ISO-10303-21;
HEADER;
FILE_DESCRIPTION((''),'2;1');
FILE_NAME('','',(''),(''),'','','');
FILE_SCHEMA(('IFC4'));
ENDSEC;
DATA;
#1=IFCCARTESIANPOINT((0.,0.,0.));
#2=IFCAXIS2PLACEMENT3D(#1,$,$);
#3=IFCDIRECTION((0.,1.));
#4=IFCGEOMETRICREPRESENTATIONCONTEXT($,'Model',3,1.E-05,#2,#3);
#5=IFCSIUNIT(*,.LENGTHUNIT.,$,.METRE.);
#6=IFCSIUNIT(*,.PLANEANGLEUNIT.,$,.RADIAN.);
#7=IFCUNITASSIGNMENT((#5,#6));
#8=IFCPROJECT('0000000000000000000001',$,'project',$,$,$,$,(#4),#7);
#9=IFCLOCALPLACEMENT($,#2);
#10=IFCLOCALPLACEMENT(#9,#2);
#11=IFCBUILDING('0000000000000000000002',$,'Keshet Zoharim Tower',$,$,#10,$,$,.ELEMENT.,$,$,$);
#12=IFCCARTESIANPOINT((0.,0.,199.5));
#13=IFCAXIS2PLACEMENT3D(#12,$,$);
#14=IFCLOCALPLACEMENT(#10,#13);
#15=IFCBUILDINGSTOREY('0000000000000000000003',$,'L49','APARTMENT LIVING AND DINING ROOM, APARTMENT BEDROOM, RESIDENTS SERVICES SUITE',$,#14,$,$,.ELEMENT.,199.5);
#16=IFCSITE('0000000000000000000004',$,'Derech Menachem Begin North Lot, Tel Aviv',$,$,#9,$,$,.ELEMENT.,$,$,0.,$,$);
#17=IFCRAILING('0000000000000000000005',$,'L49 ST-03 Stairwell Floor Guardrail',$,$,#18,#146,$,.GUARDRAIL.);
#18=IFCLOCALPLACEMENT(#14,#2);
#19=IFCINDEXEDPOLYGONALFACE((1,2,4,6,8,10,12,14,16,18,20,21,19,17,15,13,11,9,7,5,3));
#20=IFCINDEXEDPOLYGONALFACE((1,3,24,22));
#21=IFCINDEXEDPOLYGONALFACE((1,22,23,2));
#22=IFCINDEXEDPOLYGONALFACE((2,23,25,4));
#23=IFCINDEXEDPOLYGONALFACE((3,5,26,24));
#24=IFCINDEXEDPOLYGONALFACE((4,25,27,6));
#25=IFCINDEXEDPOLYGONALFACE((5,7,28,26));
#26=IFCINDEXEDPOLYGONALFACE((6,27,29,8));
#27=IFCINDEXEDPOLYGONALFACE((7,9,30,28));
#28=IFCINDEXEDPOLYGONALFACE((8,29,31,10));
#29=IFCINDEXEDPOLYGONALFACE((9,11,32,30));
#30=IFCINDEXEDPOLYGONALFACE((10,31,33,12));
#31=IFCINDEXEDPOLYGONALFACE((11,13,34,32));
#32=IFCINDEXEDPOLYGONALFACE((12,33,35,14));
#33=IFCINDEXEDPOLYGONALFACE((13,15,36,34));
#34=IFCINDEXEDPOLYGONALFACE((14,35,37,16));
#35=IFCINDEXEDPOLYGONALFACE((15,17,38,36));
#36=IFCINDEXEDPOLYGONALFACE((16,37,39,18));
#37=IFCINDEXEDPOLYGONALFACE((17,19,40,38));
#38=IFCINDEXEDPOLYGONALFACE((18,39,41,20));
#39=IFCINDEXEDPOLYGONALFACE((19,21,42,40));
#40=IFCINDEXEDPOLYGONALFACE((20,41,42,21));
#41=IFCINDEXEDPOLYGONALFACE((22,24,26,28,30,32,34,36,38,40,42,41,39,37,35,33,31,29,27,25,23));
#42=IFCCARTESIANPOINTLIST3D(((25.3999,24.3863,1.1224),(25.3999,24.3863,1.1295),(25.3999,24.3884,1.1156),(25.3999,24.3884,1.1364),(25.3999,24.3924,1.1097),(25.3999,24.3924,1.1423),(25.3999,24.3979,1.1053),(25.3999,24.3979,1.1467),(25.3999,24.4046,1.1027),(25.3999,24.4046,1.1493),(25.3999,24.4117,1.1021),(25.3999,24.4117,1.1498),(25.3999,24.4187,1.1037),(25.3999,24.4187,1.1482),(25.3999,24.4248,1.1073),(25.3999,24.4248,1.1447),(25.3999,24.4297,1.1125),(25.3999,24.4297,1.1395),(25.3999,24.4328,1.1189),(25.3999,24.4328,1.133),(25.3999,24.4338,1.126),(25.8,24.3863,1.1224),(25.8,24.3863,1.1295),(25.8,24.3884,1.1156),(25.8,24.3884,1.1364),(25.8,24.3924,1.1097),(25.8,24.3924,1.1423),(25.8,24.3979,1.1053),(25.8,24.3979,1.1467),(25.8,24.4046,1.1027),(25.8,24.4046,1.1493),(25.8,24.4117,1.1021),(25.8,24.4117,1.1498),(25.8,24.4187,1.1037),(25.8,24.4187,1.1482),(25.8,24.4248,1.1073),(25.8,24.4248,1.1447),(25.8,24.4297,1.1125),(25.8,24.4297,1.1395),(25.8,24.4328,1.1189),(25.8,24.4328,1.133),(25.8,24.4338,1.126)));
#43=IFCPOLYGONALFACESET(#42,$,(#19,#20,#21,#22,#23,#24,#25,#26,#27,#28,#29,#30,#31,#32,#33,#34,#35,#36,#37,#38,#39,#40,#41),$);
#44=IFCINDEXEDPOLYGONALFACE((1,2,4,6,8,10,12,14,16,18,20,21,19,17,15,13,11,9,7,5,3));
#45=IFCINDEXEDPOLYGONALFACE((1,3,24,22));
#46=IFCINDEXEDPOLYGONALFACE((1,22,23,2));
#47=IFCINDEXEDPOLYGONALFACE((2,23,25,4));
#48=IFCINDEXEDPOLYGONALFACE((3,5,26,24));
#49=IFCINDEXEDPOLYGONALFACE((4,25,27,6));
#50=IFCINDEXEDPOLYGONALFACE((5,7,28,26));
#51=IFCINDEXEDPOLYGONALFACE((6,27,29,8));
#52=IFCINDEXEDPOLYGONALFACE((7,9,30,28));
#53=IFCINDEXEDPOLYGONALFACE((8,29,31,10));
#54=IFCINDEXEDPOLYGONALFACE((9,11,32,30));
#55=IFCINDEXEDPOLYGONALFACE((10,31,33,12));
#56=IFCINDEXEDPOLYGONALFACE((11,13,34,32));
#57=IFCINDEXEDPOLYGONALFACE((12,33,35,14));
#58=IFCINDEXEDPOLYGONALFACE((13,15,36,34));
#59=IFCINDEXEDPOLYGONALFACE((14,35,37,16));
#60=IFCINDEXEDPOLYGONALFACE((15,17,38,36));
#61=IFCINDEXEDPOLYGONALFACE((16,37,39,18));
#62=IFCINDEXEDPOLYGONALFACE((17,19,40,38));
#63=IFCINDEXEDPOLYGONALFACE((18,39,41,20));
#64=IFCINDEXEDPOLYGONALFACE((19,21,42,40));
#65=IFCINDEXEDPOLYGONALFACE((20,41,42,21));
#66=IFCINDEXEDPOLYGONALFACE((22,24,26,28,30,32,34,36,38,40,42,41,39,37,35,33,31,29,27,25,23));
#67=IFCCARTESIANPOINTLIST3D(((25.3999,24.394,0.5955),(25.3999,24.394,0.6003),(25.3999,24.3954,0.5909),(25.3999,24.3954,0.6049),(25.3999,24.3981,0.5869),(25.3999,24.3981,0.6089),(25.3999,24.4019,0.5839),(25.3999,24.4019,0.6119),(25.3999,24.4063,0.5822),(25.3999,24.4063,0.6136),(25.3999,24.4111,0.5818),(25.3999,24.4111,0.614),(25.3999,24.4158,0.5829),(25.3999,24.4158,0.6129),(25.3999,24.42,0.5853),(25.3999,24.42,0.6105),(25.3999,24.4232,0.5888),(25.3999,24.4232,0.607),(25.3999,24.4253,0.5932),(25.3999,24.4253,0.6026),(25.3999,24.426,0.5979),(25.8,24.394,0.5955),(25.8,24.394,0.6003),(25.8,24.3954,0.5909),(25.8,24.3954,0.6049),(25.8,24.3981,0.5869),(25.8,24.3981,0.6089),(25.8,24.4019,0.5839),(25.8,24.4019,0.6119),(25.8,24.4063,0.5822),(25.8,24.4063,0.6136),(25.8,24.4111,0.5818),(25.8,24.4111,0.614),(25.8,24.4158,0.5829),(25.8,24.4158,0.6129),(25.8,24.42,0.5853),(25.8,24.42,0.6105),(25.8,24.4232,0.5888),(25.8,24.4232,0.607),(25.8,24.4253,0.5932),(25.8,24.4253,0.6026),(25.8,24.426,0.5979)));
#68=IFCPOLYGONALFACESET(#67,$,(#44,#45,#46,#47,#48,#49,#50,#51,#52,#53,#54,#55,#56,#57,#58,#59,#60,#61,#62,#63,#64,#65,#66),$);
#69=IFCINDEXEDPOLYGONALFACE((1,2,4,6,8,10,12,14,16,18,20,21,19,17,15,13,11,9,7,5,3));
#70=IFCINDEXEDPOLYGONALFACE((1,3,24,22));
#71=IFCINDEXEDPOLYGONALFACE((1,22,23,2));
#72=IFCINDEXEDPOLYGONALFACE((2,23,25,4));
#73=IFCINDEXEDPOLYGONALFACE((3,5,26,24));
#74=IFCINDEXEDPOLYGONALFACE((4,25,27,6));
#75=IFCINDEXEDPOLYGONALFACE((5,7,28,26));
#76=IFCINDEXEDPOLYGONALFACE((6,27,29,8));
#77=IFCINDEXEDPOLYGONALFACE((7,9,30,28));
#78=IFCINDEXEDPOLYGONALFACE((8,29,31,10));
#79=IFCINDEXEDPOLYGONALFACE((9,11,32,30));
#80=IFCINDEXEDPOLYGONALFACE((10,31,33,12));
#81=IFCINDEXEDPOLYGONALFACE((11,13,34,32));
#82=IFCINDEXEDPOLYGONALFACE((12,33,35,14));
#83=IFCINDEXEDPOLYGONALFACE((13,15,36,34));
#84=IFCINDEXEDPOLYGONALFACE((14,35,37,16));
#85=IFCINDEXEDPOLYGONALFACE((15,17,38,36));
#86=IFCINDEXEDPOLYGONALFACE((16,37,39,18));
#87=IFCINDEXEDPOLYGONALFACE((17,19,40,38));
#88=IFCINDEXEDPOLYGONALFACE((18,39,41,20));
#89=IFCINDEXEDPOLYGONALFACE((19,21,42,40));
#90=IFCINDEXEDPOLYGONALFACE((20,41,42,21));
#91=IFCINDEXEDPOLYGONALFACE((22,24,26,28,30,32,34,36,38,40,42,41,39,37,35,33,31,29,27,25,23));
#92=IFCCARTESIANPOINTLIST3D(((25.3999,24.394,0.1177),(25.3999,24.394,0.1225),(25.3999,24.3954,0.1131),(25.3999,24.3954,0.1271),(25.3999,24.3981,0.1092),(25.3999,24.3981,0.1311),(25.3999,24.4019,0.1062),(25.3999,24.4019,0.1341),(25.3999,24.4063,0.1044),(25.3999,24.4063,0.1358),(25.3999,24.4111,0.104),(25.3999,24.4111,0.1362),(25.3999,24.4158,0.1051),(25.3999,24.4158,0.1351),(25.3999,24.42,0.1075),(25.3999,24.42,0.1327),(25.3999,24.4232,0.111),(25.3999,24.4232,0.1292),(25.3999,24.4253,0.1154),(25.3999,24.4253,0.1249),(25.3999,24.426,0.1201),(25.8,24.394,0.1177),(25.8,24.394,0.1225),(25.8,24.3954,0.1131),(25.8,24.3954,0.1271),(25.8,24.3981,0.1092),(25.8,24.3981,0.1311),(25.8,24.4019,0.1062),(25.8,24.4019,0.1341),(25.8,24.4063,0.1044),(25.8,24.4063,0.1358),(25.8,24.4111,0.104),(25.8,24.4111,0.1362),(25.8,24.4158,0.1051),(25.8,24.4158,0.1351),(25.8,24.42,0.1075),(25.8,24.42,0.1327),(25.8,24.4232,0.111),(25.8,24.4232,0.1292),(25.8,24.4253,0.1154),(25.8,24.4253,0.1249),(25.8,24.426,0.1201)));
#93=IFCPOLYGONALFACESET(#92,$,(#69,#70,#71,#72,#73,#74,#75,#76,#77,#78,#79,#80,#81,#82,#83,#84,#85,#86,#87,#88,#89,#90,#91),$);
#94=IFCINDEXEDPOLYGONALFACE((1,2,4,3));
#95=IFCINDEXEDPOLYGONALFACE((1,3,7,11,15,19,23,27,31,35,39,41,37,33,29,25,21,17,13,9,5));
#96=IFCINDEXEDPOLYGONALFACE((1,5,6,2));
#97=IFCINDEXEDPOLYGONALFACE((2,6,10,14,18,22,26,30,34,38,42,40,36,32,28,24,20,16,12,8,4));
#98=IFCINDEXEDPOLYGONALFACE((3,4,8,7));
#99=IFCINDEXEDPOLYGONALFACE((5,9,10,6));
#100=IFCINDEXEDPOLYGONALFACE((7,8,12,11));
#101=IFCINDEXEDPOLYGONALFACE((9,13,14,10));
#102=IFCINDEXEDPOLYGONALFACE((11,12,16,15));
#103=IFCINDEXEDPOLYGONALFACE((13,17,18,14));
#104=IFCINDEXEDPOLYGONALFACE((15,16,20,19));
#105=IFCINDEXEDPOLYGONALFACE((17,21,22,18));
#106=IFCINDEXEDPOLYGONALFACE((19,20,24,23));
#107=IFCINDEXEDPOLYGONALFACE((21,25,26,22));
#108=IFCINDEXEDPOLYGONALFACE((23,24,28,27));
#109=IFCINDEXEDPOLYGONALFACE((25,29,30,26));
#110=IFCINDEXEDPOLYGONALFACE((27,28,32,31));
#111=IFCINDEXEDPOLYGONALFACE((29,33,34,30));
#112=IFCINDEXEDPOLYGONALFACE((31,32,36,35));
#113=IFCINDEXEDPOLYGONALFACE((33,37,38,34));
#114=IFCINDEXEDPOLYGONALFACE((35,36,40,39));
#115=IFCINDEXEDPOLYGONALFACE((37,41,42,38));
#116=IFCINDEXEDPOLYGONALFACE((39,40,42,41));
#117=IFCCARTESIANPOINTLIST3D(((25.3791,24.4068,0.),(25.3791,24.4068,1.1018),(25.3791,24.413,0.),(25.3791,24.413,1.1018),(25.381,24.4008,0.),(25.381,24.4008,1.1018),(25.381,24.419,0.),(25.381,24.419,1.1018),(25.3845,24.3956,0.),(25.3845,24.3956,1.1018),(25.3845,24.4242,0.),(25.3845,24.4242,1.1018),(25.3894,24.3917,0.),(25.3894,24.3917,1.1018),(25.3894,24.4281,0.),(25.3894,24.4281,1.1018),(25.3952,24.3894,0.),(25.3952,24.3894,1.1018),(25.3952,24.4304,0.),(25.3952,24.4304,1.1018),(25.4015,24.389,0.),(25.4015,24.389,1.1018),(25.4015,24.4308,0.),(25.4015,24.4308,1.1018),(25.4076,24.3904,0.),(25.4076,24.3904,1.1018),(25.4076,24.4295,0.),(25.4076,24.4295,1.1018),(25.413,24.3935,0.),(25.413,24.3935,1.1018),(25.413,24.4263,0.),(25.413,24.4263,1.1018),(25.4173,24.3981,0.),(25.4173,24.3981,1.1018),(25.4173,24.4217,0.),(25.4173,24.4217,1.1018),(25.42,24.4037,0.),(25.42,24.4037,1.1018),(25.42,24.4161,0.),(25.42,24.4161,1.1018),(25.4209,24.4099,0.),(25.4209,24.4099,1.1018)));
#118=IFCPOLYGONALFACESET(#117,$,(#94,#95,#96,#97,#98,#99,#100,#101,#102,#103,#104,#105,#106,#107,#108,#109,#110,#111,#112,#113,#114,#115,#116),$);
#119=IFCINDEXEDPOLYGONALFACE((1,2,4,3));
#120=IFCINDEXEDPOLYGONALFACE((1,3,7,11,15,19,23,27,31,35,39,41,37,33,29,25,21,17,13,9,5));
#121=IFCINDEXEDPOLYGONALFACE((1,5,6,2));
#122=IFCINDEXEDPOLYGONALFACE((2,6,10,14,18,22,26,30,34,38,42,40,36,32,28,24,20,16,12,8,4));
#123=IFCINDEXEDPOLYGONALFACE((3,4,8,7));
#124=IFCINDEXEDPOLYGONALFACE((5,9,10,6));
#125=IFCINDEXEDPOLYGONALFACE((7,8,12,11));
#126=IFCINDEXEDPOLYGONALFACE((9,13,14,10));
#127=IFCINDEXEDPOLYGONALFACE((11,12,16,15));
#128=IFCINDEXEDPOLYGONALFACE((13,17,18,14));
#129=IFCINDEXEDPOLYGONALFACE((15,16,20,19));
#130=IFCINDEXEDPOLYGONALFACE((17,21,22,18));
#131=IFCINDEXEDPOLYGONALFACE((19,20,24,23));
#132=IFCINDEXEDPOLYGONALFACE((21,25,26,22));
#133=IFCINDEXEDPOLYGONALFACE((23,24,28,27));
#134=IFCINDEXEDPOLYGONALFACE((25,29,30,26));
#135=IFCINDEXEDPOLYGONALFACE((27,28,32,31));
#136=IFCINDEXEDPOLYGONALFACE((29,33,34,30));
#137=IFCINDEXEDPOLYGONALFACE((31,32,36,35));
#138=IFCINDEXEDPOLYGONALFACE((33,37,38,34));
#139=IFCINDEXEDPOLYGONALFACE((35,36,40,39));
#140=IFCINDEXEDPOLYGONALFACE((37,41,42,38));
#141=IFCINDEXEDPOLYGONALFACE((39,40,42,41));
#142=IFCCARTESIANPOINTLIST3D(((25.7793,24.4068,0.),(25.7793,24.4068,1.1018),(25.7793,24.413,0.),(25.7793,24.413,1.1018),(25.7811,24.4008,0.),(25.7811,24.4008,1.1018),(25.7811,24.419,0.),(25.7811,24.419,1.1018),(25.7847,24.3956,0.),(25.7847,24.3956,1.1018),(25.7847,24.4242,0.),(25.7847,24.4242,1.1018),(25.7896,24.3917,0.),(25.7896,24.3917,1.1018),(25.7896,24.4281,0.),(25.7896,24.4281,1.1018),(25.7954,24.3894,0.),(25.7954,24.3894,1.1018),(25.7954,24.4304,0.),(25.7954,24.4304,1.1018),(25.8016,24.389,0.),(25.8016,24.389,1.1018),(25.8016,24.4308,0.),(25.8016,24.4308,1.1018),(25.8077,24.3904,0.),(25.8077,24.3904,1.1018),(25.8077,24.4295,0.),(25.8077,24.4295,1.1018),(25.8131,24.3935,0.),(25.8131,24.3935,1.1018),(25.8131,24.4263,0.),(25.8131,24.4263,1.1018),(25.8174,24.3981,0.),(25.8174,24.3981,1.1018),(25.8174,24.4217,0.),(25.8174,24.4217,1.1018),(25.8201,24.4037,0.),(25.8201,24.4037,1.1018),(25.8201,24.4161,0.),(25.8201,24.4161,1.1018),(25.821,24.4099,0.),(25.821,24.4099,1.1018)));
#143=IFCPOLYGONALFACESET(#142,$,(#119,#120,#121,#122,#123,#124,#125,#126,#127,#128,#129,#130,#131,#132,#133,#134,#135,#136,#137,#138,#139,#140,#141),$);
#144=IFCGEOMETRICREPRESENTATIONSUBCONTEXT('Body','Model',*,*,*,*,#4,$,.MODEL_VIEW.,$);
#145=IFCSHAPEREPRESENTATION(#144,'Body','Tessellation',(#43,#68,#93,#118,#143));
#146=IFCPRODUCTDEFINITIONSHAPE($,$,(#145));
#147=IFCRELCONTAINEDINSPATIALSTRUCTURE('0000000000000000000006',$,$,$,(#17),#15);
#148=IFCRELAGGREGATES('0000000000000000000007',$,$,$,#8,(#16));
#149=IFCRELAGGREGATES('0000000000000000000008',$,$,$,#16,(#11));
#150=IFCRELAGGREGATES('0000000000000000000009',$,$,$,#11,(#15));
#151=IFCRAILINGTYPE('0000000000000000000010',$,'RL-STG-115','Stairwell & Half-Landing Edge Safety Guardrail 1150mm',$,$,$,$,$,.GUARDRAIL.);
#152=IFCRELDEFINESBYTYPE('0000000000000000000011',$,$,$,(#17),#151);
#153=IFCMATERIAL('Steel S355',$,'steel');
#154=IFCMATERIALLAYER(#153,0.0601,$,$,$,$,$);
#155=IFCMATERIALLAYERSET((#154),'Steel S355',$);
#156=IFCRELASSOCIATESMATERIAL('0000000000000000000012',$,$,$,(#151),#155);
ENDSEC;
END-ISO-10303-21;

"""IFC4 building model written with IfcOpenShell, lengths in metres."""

from ifc_helpers import new_model, si_unit, direction, frame, origin, origin_2d, place, context, subcontext, project, spatial, circle, extrude, material, layer, layer_set, type_object, element, save


model = new_model("IFC4")

# Units and contexts
model_context = context("Model", 3, precision=1e-05, world=origin(), true_north=direction((0.0, 1.0)))
body_context = subcontext(model_context, "Body", "Model", "MODEL_VIEW")
ifc_project = project(units=[si_unit("LENGTHUNIT", "METRE"), si_unit("PLANEANGLEUNIT", "RADIAN")], contexts=[model_context])

# Site, building, storey
site_placement = place(None, origin())
site = spatial("IfcSite", under=ifc_project, at=site_placement, Name="Derech Menachem Begin North Lot, Tel Aviv", CompositionType="ELEMENT", RefElevation=0.0)
building_placement = place(site_placement, origin())
building = spatial("IfcBuilding", under=site, at=building_placement, Name="Keshet Zoharim Tower", CompositionType="ELEMENT")
storey_placement = place(building_placement, frame((0.0, 0.0, 199.5)))
storey = spatial("IfcBuildingStorey", under=building, at=storey_placement, Name="L49", Description="APARTMENT LIVING AND DINING ROOM, APARTMENT BEDROOM, RESIDENTS SERVICES SUITE", CompositionType="ELEMENT", Elevation=199.5)

# Shared definitions
ifc_material_1 = material(Name="Steel S355", Category="steel")

# Railing
ifc_layer_1 = layer(ifc_material_1, 0.0601)
ifc_layer_set_1 = layer_set([ifc_layer_1], Name="Steel S355")
railing_type_1 = type_object("IfcRailingType", Name="RL-STG-115", Description="Stairwell & Half-Landing Edge Safety Guardrail 1150mm", PredefinedType="GUARDRAIL", material=ifc_layer_set_1)
railing_1_placement = place(storey_placement, frame((25.3999, 24.4099, 0.0)))
element("IfcRailing", 1, at=railing_1_placement, inside=storey, type_object=railing_type_1, Name="L49 ST-03 Stairwell Floor Guardrail", PredefinedType="GUARDRAIL", context=body_context, shape_type="SweptSolid", body=[
    extrude(circle(Radius=0.0239, at=origin_2d()), frame((0.0, 0.0, 1.126), z_axis=(1.0, 0.0, 0.0), x_axis=(0.0, 1.0, 0.0)), (0.0, 0.0, 1.0), 0.4001),
    extrude(circle(Radius=0.0161, at=origin_2d()), frame((0.0, 0.0, 0.5979), z_axis=(1.0, 0.0, 0.0), x_axis=(0.0, 1.0, 0.0)), (0.0, 0.0, 1.0), 0.4001),
    extrude(circle(Radius=0.0161, at=origin_2d()), frame((0.0, 0.0, 0.1201), z_axis=(1.0, 0.0, 0.0), x_axis=(0.0, 1.0, 0.0)), (0.0, 0.0, 1.0), 0.4001),
    extrude(circle(Radius=0.021, at=origin_2d()), origin(), (0.0, 0.0, 1.0), 1.1018),
    extrude(circle(Radius=0.021, at=origin_2d()), frame((0.4001, 0.0, 0.0)), (0.0, 0.0, 1.0), 1.1018),
])

save(model, "model.ifc")
